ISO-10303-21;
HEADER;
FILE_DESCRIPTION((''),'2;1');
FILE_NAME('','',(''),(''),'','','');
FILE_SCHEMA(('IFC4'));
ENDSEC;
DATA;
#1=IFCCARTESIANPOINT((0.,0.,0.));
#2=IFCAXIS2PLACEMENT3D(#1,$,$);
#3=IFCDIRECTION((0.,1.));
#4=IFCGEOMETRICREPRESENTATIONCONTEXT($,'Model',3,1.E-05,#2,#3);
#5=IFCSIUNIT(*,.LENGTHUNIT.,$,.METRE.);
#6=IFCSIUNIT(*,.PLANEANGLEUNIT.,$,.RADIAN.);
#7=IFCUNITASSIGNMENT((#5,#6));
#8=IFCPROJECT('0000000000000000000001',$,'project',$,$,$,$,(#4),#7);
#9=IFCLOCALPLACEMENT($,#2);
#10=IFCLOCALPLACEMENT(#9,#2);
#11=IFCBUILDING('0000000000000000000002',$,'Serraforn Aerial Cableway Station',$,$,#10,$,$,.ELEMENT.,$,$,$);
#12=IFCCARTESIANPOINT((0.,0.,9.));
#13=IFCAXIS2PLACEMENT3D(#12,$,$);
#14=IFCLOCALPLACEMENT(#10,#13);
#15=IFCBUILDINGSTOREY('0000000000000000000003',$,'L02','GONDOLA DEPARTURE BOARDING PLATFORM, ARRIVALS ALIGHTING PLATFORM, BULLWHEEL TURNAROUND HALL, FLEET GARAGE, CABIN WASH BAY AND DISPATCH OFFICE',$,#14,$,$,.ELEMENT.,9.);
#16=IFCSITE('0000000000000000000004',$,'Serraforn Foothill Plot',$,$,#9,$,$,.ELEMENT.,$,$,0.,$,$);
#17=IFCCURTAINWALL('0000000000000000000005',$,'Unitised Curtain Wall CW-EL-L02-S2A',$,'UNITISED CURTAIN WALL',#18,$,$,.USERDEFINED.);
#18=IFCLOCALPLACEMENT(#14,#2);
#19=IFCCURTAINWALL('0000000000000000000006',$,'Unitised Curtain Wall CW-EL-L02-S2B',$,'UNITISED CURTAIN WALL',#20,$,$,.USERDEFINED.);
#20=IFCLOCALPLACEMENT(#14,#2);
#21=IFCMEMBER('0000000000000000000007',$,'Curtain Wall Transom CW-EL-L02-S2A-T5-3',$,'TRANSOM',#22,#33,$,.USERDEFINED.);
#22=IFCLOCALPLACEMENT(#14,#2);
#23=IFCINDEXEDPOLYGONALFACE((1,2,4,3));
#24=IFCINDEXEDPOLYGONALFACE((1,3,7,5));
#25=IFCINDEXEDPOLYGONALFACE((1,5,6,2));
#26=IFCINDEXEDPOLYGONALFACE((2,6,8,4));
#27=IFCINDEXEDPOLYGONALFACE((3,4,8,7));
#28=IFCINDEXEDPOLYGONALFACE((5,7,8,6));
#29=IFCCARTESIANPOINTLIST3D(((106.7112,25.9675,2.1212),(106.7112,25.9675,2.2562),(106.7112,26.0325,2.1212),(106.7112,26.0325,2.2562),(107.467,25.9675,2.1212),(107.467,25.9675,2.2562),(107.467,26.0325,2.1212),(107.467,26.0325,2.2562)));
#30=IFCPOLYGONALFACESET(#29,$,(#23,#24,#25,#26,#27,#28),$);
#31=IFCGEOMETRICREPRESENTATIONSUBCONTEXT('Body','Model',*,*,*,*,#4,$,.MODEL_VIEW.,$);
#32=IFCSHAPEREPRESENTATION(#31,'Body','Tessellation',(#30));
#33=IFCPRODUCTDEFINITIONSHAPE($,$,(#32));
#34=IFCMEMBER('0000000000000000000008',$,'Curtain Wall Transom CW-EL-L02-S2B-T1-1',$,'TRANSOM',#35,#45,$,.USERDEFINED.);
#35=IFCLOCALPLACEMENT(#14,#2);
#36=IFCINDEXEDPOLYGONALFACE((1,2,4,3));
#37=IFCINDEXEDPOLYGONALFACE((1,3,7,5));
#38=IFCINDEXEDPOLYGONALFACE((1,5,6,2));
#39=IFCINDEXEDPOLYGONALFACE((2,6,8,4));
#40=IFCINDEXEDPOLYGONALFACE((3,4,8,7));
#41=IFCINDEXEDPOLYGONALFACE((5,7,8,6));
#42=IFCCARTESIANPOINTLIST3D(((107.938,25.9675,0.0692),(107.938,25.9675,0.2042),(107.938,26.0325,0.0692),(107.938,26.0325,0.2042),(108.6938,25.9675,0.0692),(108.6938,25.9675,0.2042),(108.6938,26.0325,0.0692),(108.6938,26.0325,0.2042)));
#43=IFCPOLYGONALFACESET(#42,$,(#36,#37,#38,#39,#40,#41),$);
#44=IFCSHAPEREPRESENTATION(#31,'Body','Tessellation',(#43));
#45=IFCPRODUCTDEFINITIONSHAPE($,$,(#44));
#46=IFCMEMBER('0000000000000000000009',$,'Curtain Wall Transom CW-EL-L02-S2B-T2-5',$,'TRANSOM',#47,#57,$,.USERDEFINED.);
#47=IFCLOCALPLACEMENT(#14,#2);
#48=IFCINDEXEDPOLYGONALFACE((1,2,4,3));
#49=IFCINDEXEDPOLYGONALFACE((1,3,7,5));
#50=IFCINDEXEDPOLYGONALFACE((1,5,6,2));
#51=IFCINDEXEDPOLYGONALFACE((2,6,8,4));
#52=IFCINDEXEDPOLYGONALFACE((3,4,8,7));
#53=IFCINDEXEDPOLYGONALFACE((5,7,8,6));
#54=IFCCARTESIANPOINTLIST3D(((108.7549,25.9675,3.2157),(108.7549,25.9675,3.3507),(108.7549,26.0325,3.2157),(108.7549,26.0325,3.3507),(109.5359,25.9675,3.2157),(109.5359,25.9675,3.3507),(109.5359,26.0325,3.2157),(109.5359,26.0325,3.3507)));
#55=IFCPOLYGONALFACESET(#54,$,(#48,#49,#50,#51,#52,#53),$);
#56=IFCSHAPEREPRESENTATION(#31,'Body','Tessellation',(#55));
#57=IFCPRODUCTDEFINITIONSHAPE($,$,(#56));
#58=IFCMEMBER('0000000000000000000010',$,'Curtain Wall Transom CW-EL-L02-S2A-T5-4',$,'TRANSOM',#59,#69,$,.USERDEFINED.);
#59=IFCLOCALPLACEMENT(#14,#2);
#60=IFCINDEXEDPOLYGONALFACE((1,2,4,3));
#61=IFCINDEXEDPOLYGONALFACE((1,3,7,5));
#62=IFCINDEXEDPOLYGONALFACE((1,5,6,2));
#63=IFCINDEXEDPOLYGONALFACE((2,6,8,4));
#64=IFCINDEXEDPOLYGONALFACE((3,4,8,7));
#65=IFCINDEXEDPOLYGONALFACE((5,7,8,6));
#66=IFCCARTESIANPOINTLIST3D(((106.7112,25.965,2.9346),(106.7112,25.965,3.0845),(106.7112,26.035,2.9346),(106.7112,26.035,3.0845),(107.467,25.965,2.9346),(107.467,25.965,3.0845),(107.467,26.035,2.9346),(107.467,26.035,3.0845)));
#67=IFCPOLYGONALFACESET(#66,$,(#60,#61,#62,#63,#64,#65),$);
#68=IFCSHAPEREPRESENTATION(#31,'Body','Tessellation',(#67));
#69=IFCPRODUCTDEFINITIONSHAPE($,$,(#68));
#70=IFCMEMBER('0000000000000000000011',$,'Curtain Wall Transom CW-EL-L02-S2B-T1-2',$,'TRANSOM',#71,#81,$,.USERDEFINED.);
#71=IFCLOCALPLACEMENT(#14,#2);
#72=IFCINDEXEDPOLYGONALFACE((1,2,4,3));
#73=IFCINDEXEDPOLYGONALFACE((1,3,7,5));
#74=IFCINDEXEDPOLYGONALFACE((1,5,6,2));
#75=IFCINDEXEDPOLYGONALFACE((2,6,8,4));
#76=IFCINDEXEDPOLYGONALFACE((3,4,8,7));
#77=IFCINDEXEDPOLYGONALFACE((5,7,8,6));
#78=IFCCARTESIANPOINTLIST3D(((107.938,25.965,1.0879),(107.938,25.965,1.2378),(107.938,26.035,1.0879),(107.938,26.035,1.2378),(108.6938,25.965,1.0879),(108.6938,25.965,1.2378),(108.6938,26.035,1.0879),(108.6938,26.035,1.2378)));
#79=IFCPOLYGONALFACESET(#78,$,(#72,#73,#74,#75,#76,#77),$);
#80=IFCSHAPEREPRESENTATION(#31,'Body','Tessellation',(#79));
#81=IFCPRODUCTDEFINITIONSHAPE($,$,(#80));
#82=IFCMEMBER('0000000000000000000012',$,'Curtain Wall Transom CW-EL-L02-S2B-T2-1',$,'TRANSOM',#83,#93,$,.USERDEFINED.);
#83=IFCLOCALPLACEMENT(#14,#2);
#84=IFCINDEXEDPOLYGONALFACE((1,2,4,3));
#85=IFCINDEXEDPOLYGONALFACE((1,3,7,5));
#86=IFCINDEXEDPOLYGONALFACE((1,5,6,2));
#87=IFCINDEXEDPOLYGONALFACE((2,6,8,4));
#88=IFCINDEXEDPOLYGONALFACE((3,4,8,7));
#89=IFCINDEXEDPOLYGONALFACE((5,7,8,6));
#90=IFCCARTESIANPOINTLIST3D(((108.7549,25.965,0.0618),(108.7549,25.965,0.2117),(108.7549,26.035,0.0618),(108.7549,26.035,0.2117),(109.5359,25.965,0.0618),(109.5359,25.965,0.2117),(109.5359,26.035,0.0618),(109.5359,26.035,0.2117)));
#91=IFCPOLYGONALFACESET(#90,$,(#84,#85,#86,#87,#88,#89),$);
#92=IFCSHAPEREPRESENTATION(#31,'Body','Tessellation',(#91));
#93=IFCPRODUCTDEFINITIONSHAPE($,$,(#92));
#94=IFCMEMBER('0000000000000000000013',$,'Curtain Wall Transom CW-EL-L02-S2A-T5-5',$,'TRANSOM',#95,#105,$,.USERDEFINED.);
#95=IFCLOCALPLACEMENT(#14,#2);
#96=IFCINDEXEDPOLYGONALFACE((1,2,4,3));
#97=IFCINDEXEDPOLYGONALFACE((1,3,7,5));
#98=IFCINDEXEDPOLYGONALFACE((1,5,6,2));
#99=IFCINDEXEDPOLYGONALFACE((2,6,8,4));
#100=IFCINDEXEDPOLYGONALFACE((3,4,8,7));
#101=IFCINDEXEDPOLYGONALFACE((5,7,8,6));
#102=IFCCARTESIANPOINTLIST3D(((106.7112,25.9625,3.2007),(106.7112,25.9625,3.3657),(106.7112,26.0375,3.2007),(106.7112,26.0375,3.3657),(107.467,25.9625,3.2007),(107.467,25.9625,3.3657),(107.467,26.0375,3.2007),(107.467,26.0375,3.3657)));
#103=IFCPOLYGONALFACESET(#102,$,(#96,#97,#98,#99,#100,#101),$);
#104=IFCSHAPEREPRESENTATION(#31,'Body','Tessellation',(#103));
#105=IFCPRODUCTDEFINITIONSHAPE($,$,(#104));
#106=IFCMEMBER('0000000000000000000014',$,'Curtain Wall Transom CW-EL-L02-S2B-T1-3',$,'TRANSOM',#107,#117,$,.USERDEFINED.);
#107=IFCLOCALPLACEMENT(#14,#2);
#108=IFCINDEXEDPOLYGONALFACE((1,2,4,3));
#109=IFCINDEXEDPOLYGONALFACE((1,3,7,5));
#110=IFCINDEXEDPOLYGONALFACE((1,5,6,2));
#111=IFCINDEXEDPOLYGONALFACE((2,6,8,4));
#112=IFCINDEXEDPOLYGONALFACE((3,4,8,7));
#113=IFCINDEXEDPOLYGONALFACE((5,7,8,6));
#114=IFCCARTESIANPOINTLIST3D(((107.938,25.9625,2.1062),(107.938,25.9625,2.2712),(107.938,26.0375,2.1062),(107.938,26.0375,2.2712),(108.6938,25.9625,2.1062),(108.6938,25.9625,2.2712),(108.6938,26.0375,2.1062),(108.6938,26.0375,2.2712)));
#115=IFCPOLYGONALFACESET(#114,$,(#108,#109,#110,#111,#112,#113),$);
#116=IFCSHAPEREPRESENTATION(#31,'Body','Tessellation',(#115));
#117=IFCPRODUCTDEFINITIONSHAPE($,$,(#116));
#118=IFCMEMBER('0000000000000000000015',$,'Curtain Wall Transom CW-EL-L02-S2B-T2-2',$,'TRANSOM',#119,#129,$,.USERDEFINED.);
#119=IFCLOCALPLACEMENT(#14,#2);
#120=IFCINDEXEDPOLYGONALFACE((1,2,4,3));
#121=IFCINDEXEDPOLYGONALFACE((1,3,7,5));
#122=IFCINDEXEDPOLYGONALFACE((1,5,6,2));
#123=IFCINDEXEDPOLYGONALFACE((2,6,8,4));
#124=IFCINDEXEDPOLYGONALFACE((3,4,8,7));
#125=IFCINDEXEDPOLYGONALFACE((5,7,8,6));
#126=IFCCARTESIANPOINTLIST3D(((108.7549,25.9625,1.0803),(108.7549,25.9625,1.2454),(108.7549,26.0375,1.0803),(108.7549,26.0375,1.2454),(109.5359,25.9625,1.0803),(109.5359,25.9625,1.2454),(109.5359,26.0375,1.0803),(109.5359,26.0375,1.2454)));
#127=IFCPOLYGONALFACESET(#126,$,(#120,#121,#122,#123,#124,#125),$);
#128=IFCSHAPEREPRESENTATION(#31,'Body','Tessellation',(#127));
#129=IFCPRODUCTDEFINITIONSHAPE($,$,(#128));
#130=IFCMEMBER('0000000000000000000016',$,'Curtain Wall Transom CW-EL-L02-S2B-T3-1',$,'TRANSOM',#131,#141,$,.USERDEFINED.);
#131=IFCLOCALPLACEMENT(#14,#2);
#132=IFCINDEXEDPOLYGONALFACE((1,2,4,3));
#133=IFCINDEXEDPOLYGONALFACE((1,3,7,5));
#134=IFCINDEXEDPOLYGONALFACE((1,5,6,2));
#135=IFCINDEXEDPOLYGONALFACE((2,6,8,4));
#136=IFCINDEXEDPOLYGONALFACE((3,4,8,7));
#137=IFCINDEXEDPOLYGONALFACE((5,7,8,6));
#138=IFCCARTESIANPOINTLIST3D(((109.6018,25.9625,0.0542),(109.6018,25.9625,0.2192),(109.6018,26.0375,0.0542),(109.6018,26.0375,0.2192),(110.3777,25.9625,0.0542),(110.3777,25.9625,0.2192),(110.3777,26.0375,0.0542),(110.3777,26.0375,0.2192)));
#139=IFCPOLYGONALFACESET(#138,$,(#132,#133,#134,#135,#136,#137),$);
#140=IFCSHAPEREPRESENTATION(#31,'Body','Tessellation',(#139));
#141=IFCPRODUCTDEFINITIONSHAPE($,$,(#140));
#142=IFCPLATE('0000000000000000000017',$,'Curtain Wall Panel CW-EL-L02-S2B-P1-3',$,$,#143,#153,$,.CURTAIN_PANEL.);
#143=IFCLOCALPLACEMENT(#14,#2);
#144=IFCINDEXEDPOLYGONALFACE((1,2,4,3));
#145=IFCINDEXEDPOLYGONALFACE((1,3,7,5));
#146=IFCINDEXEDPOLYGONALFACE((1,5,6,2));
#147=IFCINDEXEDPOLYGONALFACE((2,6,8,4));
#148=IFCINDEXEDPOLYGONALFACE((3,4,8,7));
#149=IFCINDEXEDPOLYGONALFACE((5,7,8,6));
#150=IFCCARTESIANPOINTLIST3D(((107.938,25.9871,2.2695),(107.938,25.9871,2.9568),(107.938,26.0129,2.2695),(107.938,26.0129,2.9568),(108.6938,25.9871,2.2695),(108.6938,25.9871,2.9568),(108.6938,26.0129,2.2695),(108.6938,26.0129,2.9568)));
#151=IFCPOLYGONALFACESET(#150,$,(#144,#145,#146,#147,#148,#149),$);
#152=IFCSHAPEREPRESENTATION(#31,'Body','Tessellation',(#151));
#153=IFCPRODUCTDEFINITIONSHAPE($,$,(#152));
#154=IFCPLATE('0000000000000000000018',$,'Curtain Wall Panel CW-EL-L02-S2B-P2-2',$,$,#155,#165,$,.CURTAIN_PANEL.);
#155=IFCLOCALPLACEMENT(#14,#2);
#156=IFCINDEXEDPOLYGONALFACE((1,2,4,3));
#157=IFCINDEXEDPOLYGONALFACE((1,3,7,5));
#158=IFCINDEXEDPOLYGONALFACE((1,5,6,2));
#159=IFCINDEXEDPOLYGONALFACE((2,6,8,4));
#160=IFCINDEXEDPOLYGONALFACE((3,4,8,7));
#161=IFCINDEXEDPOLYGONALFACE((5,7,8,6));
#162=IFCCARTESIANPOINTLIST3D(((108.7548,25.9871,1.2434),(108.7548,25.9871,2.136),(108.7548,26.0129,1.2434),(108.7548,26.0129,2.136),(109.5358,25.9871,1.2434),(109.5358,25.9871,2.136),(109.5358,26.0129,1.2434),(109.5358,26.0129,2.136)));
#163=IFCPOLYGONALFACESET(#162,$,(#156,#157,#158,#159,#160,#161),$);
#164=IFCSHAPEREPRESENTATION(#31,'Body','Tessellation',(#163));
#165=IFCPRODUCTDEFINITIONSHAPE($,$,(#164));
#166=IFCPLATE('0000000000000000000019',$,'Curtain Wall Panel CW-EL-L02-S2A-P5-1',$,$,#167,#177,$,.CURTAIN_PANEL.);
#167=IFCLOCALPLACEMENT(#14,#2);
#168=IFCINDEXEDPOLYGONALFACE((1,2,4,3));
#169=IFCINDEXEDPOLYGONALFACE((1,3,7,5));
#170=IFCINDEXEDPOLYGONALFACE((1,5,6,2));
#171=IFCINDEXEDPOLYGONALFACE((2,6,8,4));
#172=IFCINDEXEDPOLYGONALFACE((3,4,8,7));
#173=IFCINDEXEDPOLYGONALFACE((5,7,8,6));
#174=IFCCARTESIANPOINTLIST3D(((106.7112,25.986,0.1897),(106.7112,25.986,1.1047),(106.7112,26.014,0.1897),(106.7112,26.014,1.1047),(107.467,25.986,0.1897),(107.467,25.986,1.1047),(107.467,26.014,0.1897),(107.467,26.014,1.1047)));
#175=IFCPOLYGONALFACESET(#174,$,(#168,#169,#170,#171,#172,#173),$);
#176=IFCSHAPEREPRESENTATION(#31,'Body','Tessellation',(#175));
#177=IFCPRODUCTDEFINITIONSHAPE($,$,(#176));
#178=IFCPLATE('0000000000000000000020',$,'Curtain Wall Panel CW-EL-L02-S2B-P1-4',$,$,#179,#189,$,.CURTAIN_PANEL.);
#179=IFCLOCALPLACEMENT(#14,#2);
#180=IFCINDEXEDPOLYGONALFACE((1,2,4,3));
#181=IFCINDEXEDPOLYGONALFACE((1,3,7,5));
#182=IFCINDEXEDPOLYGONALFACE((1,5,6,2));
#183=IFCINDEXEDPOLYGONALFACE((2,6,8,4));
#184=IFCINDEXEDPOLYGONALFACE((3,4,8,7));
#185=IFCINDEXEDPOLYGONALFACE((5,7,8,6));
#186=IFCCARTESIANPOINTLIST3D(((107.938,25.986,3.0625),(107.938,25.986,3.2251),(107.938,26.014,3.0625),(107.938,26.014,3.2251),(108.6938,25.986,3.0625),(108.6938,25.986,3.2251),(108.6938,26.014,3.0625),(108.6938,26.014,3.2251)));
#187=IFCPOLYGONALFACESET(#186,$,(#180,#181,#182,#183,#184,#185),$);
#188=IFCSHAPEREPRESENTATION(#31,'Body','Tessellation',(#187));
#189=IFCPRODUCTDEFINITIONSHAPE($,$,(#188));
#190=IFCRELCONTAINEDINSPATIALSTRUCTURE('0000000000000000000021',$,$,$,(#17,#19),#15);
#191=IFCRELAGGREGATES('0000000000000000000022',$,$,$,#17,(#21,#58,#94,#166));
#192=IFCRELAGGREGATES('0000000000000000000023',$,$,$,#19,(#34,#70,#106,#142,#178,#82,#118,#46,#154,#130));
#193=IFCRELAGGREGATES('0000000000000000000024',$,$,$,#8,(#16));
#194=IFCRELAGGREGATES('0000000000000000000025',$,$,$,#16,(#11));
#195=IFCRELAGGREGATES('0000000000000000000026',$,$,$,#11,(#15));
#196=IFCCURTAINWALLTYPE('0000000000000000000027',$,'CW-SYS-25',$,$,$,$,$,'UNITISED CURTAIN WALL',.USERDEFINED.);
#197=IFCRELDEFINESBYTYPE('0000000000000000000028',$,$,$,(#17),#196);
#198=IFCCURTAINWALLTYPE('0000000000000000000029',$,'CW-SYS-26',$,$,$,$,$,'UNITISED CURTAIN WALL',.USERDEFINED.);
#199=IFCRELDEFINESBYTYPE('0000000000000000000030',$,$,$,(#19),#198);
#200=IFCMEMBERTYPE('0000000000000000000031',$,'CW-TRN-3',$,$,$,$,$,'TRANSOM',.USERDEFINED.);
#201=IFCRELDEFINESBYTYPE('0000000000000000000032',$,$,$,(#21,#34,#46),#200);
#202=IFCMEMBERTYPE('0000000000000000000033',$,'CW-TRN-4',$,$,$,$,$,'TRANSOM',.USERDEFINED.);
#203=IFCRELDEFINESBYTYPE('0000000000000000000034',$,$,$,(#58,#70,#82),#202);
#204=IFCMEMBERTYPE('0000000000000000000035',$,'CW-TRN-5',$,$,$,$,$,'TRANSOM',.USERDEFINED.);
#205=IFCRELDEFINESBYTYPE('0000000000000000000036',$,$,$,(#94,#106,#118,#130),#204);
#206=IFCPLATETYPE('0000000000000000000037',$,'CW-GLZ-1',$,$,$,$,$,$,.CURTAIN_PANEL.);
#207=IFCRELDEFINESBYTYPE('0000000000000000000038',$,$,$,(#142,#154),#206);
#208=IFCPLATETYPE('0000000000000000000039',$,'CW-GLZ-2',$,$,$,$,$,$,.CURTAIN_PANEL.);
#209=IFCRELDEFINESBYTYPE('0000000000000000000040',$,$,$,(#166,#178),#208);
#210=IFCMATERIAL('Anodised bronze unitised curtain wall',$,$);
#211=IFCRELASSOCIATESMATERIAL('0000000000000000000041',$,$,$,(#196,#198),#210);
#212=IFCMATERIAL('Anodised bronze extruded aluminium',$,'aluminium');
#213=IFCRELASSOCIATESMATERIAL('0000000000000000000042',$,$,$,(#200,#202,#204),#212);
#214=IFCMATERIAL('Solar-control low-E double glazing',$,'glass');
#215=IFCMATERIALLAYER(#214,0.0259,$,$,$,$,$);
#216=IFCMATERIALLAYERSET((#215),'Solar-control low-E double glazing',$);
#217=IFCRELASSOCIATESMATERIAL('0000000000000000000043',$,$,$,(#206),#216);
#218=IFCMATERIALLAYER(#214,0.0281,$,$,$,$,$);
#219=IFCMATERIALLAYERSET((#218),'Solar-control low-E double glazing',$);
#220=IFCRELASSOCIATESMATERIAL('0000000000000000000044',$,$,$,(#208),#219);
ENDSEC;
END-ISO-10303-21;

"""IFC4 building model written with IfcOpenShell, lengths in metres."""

from ifc_helpers import new_model, si_unit, direction, frame, origin, origin_2d, place, context, subcontext, project, spatial, rectangle, extrude, material, layer, layer_set, material_profile, profile_set, type_object, element, aggregate, save


model = new_model("IFC4")

# Units and contexts
model_context = context("Model", 3, precision=1e-05, world=origin(), true_north=direction((0.0, 1.0)))
body_context = subcontext(model_context, "Body", "Model", "MODEL_VIEW")
ifc_project = project(units=[si_unit("LENGTHUNIT", "METRE"), si_unit("PLANEANGLEUNIT", "RADIAN")], contexts=[model_context])

# Site, building, storey
site_placement = place(None, origin())
site = spatial("IfcSite", under=ifc_project, at=site_placement, Name="Serraforn Foothill Plot", CompositionType="ELEMENT", RefElevation=0.0)
building_placement = place(site_placement, origin())
building = spatial("IfcBuilding", under=site, at=building_placement, Name="Serraforn Aerial Cableway Station", CompositionType="ELEMENT")
storey_placement = place(building_placement, frame((0.0, 0.0, 9.0)))
storey = spatial("IfcBuildingStorey", under=building, at=storey_placement, Name="L02", Description="GONDOLA DEPARTURE BOARDING PLATFORM, ARRIVALS ALIGHTING PLATFORM, BULLWHEEL TURNAROUND HALL, FLEET GARAGE, CABIN WASH BAY AND DISPATCH OFFICE", CompositionType="ELEMENT", Elevation=9.0)

# Curtain wall
ifc_material_1 = material(Name="Anodised bronze unitised curtain wall")
curtain_wall_type_1 = type_object("IfcCurtainWallType", Name="CW-SYS-25", ElementType="UNITISED CURTAIN WALL", PredefinedType="USERDEFINED", material=ifc_material_1)
curtain_wall_1_placement = place(storey_placement, origin())
curtain_wall_1 = element("IfcCurtainWall", 1, at=curtain_wall_1_placement, inside=storey, type_object=curtain_wall_type_1, Name="Unitised Curtain Wall CW-EL-L02-S2A", ObjectType="UNITISED CURTAIN WALL", PredefinedType="USERDEFINED")
ifc_material_2 = material(Name="Anodised bronze extruded aluminium", Category="aluminium")

# Curtain wall
curtain_wall_type_2 = type_object("IfcCurtainWallType", Name="CW-SYS-26", ElementType="UNITISED CURTAIN WALL", PredefinedType="USERDEFINED", material=ifc_material_1)
curtain_wall_2_placement = place(storey_placement, origin())
curtain_wall_2 = element("IfcCurtainWall", 2, at=curtain_wall_2_placement, inside=storey, type_object=curtain_wall_type_2, Name="Unitised Curtain Wall CW-EL-L02-S2B", ObjectType="UNITISED CURTAIN WALL", PredefinedType="USERDEFINED")

# Members
ifc_material_profile_1 = material_profile(ifc_material_2, rectangle(XDim=0.0649, YDim=0.135, at=origin_2d()), Name="CW TRANSOM 65x135")
ifc_profile_set_1 = profile_set([ifc_material_profile_1], Name="Anodised bronze extruded aluminium")
member_type_1 = type_object("IfcMemberType", Name="CW-TRN-3", ElementType="TRANSOM", PredefinedType="USERDEFINED", material=ifc_profile_set_1)
member_1_placement = place(storey_placement, frame((106.7112, 26.0, 2.1887), z_axis=(1.0, 0.0, 0.0), x_axis=(0.0, 1.0, 0.0)))
member_1 = element("IfcMember", 3, at=member_1_placement, type_object=member_type_1, Name="Curtain Wall Transom CW-EL-L02-S2A-T5-3", ObjectType="TRANSOM", PredefinedType="USERDEFINED", context=body_context, shape_type="SweptSolid", body=[
    extrude(rectangle(XDim=0.0649, YDim=0.135, at=origin_2d()), origin(), (0.0, 0.0, 1.0), 0.7559),
])
member_2_placement = place(storey_placement, frame((107.938, 26.0, 0.1367), z_axis=(1.0, 0.0, 0.0), x_axis=(0.0, 1.0, 0.0)))
member_2 = element("IfcMember", 4, at=member_2_placement, type_object=member_type_1, Name="Curtain Wall Transom CW-EL-L02-S2B-T1-1", ObjectType="TRANSOM", PredefinedType="USERDEFINED", context=body_context, shape_type="SweptSolid", body=[
    extrude(rectangle(XDim=0.0649, YDim=0.135, at=origin_2d()), origin(), (0.0, 0.0, 1.0), 0.7559),
])
member_3_placement = place(storey_placement, frame((108.7549, 26.0, 3.2832), z_axis=(1.0, 0.0, 0.0), x_axis=(0.0, 1.0, 0.0)))
member_3 = element("IfcMember", 5, at=member_3_placement, type_object=member_type_1, Name="Curtain Wall Transom CW-EL-L02-S2B-T2-5", ObjectType="TRANSOM", PredefinedType="USERDEFINED", context=body_context, shape_type="SweptSolid", body=[
    extrude(rectangle(XDim=0.0649, YDim=0.135, at=origin_2d()), origin(), (0.0, 0.0, 1.0), 0.781),
])
ifc_material_profile_2 = material_profile(ifc_material_2, rectangle(XDim=0.0701, YDim=0.1499, at=origin_2d()), Name="CW TRANSOM 70x150")
ifc_profile_set_2 = profile_set([ifc_material_profile_2], Name="Anodised bronze extruded aluminium")
member_type_2 = type_object("IfcMemberType", Name="CW-TRN-4", ElementType="TRANSOM", PredefinedType="USERDEFINED", material=ifc_profile_set_2)
member_4_placement = place(storey_placement, frame((106.7112, 26.0, 3.0095), z_axis=(1.0, 0.0, 0.0), x_axis=(0.0, 1.0, 0.0)))
member_4 = element("IfcMember", 6, at=member_4_placement, type_object=member_type_2, Name="Curtain Wall Transom CW-EL-L02-S2A-T5-4", ObjectType="TRANSOM", PredefinedType="USERDEFINED", context=body_context, shape_type="SweptSolid", body=[
    extrude(rectangle(XDim=0.0701, YDim=0.1499, at=origin_2d()), origin(), (0.0, 0.0, 1.0), 0.7559),
])
member_5_placement = place(storey_placement, frame((107.938, 26.0, 1.1628), z_axis=(1.0, 0.0, 0.0), x_axis=(0.0, 1.0, 0.0)))
member_5 = element("IfcMember", 7, at=member_5_placement, type_object=member_type_2, Name="Curtain Wall Transom CW-EL-L02-S2B-T1-2", ObjectType="TRANSOM", PredefinedType="USERDEFINED", context=body_context, shape_type="SweptSolid", body=[
    extrude(rectangle(XDim=0.0701, YDim=0.1499, at=origin_2d()), origin(), (0.0, 0.0, 1.0), 0.7559),
])
member_6_placement = place(storey_placement, frame((108.7549, 26.0, 0.1367), z_axis=(1.0, 0.0, 0.0), x_axis=(0.0, 1.0, 0.0)))
member_6 = element("IfcMember", 8, at=member_6_placement, type_object=member_type_2, Name="Curtain Wall Transom CW-EL-L02-S2B-T2-1", ObjectType="TRANSOM", PredefinedType="USERDEFINED", context=body_context, shape_type="SweptSolid", body=[
    extrude(rectangle(XDim=0.0701, YDim=0.1499, at=origin_2d()), origin(), (0.0, 0.0, 1.0), 0.781),
])
ifc_material_profile_3 = material_profile(ifc_material_2, rectangle(XDim=0.075, YDim=0.165, at=origin_2d()), Name="CW TRANSOM 75x165")
ifc_profile_set_3 = profile_set([ifc_material_profile_3], Name="Anodised bronze extruded aluminium")
member_type_3 = type_object("IfcMemberType", Name="CW-TRN-5", ElementType="TRANSOM", PredefinedType="USERDEFINED", material=ifc_profile_set_3)
member_7_placement = place(storey_placement, frame((106.7112, 26.0, 3.2832), z_axis=(1.0, 0.0, 0.0), x_axis=(0.0, 1.0, 0.0)))
member_7 = element("IfcMember", 9, at=member_7_placement, type_object=member_type_3, Name="Curtain Wall Transom CW-EL-L02-S2A-T5-5", ObjectType="TRANSOM", PredefinedType="USERDEFINED", context=body_context, shape_type="SweptSolid", body=[
    extrude(rectangle(XDim=0.075, YDim=0.165, at=origin_2d()), origin(), (0.0, 0.0, 1.0), 0.7559),
])
member_8_placement = place(storey_placement, frame((107.938, 26.0, 2.1887), z_axis=(1.0, 0.0, 0.0), x_axis=(0.0, 1.0, 0.0)))
member_8 = element("IfcMember", 10, at=member_8_placement, type_object=member_type_3, Name="Curtain Wall Transom CW-EL-L02-S2B-T1-3", ObjectType="TRANSOM", PredefinedType="USERDEFINED", context=body_context, shape_type="SweptSolid", body=[
    extrude(rectangle(XDim=0.075, YDim=0.165, at=origin_2d()), origin(), (0.0, 0.0, 1.0), 0.7559),
])
member_9_placement = place(storey_placement, frame((108.7549, 26.0, 1.1628), z_axis=(1.0, 0.0, 0.0), x_axis=(0.0, 1.0, 0.0)))
member_9 = element("IfcMember", 11, at=member_9_placement, type_object=member_type_3, Name="Curtain Wall Transom CW-EL-L02-S2B-T2-2", ObjectType="TRANSOM", PredefinedType="USERDEFINED", context=body_context, shape_type="SweptSolid", body=[
    extrude(rectangle(XDim=0.075, YDim=0.165, at=origin_2d()), origin(), (0.0, 0.0, 1.0), 0.781),
])
member_10_placement = place(storey_placement, frame((109.6018, 26.0, 0.1367), z_axis=(1.0, 0.0, 0.0), x_axis=(0.0, 1.0, 0.0)))
member_10 = element("IfcMember", 12, at=member_10_placement, type_object=member_type_3, Name="Curtain Wall Transom CW-EL-L02-S2B-T3-1", ObjectType="TRANSOM", PredefinedType="USERDEFINED", context=body_context, shape_type="SweptSolid", body=[
    extrude(rectangle(XDim=0.075, YDim=0.165, at=origin_2d()), origin(), (0.0, 0.0, 1.0), 0.7759),
])

# Plates
ifc_material_3 = material(Name="Solar-control low-E double glazing", Category="glass")
ifc_layer_1 = layer(ifc_material_3, 0.0259)
ifc_layer_set_1 = layer_set([ifc_layer_1], Name="Solar-control low-E double glazing")
plate_type_1 = type_object("IfcPlateType", Name="CW-GLZ-1", PredefinedType="CURTAIN_PANEL", material=ifc_layer_set_1)
plate_1_placement = place(storey_placement, frame((108.3159, 26.0, 2.2695), z_axis=(0.0, 0.0, 1.0), x_axis=(1.0, 0.0, 0.0)))
plate_1 = element("IfcPlate", 13, at=plate_1_placement, type_object=plate_type_1, Name="Curtain Wall Panel CW-EL-L02-S2B-P1-3", PredefinedType="CURTAIN_PANEL", context=body_context, shape_type="SweptSolid", body=[
    extrude(rectangle(XDim=0.7559, YDim=0.0259, at=origin_2d()), origin(), (0.0, 0.0, 1.0), 0.6873),
])
plate_2_placement = place(storey_placement, frame((109.1453, 26.0, 1.2434), z_axis=(0.0, 0.0, 1.0), x_axis=(1.0, 0.0, 0.0)))
plate_2 = element("IfcPlate", 14, at=plate_2_placement, type_object=plate_type_1, Name="Curtain Wall Panel CW-EL-L02-S2B-P2-2", PredefinedType="CURTAIN_PANEL", context=body_context, shape_type="SweptSolid", body=[
    extrude(rectangle(XDim=0.781, YDim=0.0259, at=origin_2d()), origin(), (0.0, 0.0, 1.0), 0.8926),
])
ifc_layer_2 = layer(ifc_material_3, 0.0281)
ifc_layer_set_2 = layer_set([ifc_layer_2], Name="Solar-control low-E double glazing")
plate_type_2 = type_object("IfcPlateType", Name="CW-GLZ-2", PredefinedType="CURTAIN_PANEL", material=ifc_layer_set_2)
plate_3_placement = place(storey_placement, frame((107.0891, 26.0, 0.1897), z_axis=(0.0, 0.0, 1.0), x_axis=(1.0, 0.0, 0.0)))
plate_3 = element("IfcPlate", 15, at=plate_3_placement, type_object=plate_type_2, Name="Curtain Wall Panel CW-EL-L02-S2A-P5-1", PredefinedType="CURTAIN_PANEL", context=body_context, shape_type="SweptSolid", body=[
    extrude(rectangle(XDim=0.7559, YDim=0.0281, at=origin_2d()), origin(), (0.0, 0.0, 1.0), 0.915),
])
plate_4_placement = place(storey_placement, frame((108.3159, 26.0, 3.0625), z_axis=(0.0, 0.0, 1.0), x_axis=(1.0, 0.0, 0.0)))
plate_4 = element("IfcPlate", 16, at=plate_4_placement, type_object=plate_type_2, Name="Curtain Wall Panel CW-EL-L02-S2B-P1-4", PredefinedType="CURTAIN_PANEL", context=body_context, shape_type="SweptSolid", body=[
    extrude(rectangle(XDim=0.7559, YDim=0.0281, at=origin_2d()), origin(), (0.0, 0.0, 1.0), 0.1626),
])
aggregate(curtain_wall_1, [member_1, member_4, member_7, plate_3])
aggregate(curtain_wall_2, [member_2, member_5, member_8, plate_1, plate_4, member_6, member_9, member_3, plate_2, member_10])

save(model, "model.ifc")
